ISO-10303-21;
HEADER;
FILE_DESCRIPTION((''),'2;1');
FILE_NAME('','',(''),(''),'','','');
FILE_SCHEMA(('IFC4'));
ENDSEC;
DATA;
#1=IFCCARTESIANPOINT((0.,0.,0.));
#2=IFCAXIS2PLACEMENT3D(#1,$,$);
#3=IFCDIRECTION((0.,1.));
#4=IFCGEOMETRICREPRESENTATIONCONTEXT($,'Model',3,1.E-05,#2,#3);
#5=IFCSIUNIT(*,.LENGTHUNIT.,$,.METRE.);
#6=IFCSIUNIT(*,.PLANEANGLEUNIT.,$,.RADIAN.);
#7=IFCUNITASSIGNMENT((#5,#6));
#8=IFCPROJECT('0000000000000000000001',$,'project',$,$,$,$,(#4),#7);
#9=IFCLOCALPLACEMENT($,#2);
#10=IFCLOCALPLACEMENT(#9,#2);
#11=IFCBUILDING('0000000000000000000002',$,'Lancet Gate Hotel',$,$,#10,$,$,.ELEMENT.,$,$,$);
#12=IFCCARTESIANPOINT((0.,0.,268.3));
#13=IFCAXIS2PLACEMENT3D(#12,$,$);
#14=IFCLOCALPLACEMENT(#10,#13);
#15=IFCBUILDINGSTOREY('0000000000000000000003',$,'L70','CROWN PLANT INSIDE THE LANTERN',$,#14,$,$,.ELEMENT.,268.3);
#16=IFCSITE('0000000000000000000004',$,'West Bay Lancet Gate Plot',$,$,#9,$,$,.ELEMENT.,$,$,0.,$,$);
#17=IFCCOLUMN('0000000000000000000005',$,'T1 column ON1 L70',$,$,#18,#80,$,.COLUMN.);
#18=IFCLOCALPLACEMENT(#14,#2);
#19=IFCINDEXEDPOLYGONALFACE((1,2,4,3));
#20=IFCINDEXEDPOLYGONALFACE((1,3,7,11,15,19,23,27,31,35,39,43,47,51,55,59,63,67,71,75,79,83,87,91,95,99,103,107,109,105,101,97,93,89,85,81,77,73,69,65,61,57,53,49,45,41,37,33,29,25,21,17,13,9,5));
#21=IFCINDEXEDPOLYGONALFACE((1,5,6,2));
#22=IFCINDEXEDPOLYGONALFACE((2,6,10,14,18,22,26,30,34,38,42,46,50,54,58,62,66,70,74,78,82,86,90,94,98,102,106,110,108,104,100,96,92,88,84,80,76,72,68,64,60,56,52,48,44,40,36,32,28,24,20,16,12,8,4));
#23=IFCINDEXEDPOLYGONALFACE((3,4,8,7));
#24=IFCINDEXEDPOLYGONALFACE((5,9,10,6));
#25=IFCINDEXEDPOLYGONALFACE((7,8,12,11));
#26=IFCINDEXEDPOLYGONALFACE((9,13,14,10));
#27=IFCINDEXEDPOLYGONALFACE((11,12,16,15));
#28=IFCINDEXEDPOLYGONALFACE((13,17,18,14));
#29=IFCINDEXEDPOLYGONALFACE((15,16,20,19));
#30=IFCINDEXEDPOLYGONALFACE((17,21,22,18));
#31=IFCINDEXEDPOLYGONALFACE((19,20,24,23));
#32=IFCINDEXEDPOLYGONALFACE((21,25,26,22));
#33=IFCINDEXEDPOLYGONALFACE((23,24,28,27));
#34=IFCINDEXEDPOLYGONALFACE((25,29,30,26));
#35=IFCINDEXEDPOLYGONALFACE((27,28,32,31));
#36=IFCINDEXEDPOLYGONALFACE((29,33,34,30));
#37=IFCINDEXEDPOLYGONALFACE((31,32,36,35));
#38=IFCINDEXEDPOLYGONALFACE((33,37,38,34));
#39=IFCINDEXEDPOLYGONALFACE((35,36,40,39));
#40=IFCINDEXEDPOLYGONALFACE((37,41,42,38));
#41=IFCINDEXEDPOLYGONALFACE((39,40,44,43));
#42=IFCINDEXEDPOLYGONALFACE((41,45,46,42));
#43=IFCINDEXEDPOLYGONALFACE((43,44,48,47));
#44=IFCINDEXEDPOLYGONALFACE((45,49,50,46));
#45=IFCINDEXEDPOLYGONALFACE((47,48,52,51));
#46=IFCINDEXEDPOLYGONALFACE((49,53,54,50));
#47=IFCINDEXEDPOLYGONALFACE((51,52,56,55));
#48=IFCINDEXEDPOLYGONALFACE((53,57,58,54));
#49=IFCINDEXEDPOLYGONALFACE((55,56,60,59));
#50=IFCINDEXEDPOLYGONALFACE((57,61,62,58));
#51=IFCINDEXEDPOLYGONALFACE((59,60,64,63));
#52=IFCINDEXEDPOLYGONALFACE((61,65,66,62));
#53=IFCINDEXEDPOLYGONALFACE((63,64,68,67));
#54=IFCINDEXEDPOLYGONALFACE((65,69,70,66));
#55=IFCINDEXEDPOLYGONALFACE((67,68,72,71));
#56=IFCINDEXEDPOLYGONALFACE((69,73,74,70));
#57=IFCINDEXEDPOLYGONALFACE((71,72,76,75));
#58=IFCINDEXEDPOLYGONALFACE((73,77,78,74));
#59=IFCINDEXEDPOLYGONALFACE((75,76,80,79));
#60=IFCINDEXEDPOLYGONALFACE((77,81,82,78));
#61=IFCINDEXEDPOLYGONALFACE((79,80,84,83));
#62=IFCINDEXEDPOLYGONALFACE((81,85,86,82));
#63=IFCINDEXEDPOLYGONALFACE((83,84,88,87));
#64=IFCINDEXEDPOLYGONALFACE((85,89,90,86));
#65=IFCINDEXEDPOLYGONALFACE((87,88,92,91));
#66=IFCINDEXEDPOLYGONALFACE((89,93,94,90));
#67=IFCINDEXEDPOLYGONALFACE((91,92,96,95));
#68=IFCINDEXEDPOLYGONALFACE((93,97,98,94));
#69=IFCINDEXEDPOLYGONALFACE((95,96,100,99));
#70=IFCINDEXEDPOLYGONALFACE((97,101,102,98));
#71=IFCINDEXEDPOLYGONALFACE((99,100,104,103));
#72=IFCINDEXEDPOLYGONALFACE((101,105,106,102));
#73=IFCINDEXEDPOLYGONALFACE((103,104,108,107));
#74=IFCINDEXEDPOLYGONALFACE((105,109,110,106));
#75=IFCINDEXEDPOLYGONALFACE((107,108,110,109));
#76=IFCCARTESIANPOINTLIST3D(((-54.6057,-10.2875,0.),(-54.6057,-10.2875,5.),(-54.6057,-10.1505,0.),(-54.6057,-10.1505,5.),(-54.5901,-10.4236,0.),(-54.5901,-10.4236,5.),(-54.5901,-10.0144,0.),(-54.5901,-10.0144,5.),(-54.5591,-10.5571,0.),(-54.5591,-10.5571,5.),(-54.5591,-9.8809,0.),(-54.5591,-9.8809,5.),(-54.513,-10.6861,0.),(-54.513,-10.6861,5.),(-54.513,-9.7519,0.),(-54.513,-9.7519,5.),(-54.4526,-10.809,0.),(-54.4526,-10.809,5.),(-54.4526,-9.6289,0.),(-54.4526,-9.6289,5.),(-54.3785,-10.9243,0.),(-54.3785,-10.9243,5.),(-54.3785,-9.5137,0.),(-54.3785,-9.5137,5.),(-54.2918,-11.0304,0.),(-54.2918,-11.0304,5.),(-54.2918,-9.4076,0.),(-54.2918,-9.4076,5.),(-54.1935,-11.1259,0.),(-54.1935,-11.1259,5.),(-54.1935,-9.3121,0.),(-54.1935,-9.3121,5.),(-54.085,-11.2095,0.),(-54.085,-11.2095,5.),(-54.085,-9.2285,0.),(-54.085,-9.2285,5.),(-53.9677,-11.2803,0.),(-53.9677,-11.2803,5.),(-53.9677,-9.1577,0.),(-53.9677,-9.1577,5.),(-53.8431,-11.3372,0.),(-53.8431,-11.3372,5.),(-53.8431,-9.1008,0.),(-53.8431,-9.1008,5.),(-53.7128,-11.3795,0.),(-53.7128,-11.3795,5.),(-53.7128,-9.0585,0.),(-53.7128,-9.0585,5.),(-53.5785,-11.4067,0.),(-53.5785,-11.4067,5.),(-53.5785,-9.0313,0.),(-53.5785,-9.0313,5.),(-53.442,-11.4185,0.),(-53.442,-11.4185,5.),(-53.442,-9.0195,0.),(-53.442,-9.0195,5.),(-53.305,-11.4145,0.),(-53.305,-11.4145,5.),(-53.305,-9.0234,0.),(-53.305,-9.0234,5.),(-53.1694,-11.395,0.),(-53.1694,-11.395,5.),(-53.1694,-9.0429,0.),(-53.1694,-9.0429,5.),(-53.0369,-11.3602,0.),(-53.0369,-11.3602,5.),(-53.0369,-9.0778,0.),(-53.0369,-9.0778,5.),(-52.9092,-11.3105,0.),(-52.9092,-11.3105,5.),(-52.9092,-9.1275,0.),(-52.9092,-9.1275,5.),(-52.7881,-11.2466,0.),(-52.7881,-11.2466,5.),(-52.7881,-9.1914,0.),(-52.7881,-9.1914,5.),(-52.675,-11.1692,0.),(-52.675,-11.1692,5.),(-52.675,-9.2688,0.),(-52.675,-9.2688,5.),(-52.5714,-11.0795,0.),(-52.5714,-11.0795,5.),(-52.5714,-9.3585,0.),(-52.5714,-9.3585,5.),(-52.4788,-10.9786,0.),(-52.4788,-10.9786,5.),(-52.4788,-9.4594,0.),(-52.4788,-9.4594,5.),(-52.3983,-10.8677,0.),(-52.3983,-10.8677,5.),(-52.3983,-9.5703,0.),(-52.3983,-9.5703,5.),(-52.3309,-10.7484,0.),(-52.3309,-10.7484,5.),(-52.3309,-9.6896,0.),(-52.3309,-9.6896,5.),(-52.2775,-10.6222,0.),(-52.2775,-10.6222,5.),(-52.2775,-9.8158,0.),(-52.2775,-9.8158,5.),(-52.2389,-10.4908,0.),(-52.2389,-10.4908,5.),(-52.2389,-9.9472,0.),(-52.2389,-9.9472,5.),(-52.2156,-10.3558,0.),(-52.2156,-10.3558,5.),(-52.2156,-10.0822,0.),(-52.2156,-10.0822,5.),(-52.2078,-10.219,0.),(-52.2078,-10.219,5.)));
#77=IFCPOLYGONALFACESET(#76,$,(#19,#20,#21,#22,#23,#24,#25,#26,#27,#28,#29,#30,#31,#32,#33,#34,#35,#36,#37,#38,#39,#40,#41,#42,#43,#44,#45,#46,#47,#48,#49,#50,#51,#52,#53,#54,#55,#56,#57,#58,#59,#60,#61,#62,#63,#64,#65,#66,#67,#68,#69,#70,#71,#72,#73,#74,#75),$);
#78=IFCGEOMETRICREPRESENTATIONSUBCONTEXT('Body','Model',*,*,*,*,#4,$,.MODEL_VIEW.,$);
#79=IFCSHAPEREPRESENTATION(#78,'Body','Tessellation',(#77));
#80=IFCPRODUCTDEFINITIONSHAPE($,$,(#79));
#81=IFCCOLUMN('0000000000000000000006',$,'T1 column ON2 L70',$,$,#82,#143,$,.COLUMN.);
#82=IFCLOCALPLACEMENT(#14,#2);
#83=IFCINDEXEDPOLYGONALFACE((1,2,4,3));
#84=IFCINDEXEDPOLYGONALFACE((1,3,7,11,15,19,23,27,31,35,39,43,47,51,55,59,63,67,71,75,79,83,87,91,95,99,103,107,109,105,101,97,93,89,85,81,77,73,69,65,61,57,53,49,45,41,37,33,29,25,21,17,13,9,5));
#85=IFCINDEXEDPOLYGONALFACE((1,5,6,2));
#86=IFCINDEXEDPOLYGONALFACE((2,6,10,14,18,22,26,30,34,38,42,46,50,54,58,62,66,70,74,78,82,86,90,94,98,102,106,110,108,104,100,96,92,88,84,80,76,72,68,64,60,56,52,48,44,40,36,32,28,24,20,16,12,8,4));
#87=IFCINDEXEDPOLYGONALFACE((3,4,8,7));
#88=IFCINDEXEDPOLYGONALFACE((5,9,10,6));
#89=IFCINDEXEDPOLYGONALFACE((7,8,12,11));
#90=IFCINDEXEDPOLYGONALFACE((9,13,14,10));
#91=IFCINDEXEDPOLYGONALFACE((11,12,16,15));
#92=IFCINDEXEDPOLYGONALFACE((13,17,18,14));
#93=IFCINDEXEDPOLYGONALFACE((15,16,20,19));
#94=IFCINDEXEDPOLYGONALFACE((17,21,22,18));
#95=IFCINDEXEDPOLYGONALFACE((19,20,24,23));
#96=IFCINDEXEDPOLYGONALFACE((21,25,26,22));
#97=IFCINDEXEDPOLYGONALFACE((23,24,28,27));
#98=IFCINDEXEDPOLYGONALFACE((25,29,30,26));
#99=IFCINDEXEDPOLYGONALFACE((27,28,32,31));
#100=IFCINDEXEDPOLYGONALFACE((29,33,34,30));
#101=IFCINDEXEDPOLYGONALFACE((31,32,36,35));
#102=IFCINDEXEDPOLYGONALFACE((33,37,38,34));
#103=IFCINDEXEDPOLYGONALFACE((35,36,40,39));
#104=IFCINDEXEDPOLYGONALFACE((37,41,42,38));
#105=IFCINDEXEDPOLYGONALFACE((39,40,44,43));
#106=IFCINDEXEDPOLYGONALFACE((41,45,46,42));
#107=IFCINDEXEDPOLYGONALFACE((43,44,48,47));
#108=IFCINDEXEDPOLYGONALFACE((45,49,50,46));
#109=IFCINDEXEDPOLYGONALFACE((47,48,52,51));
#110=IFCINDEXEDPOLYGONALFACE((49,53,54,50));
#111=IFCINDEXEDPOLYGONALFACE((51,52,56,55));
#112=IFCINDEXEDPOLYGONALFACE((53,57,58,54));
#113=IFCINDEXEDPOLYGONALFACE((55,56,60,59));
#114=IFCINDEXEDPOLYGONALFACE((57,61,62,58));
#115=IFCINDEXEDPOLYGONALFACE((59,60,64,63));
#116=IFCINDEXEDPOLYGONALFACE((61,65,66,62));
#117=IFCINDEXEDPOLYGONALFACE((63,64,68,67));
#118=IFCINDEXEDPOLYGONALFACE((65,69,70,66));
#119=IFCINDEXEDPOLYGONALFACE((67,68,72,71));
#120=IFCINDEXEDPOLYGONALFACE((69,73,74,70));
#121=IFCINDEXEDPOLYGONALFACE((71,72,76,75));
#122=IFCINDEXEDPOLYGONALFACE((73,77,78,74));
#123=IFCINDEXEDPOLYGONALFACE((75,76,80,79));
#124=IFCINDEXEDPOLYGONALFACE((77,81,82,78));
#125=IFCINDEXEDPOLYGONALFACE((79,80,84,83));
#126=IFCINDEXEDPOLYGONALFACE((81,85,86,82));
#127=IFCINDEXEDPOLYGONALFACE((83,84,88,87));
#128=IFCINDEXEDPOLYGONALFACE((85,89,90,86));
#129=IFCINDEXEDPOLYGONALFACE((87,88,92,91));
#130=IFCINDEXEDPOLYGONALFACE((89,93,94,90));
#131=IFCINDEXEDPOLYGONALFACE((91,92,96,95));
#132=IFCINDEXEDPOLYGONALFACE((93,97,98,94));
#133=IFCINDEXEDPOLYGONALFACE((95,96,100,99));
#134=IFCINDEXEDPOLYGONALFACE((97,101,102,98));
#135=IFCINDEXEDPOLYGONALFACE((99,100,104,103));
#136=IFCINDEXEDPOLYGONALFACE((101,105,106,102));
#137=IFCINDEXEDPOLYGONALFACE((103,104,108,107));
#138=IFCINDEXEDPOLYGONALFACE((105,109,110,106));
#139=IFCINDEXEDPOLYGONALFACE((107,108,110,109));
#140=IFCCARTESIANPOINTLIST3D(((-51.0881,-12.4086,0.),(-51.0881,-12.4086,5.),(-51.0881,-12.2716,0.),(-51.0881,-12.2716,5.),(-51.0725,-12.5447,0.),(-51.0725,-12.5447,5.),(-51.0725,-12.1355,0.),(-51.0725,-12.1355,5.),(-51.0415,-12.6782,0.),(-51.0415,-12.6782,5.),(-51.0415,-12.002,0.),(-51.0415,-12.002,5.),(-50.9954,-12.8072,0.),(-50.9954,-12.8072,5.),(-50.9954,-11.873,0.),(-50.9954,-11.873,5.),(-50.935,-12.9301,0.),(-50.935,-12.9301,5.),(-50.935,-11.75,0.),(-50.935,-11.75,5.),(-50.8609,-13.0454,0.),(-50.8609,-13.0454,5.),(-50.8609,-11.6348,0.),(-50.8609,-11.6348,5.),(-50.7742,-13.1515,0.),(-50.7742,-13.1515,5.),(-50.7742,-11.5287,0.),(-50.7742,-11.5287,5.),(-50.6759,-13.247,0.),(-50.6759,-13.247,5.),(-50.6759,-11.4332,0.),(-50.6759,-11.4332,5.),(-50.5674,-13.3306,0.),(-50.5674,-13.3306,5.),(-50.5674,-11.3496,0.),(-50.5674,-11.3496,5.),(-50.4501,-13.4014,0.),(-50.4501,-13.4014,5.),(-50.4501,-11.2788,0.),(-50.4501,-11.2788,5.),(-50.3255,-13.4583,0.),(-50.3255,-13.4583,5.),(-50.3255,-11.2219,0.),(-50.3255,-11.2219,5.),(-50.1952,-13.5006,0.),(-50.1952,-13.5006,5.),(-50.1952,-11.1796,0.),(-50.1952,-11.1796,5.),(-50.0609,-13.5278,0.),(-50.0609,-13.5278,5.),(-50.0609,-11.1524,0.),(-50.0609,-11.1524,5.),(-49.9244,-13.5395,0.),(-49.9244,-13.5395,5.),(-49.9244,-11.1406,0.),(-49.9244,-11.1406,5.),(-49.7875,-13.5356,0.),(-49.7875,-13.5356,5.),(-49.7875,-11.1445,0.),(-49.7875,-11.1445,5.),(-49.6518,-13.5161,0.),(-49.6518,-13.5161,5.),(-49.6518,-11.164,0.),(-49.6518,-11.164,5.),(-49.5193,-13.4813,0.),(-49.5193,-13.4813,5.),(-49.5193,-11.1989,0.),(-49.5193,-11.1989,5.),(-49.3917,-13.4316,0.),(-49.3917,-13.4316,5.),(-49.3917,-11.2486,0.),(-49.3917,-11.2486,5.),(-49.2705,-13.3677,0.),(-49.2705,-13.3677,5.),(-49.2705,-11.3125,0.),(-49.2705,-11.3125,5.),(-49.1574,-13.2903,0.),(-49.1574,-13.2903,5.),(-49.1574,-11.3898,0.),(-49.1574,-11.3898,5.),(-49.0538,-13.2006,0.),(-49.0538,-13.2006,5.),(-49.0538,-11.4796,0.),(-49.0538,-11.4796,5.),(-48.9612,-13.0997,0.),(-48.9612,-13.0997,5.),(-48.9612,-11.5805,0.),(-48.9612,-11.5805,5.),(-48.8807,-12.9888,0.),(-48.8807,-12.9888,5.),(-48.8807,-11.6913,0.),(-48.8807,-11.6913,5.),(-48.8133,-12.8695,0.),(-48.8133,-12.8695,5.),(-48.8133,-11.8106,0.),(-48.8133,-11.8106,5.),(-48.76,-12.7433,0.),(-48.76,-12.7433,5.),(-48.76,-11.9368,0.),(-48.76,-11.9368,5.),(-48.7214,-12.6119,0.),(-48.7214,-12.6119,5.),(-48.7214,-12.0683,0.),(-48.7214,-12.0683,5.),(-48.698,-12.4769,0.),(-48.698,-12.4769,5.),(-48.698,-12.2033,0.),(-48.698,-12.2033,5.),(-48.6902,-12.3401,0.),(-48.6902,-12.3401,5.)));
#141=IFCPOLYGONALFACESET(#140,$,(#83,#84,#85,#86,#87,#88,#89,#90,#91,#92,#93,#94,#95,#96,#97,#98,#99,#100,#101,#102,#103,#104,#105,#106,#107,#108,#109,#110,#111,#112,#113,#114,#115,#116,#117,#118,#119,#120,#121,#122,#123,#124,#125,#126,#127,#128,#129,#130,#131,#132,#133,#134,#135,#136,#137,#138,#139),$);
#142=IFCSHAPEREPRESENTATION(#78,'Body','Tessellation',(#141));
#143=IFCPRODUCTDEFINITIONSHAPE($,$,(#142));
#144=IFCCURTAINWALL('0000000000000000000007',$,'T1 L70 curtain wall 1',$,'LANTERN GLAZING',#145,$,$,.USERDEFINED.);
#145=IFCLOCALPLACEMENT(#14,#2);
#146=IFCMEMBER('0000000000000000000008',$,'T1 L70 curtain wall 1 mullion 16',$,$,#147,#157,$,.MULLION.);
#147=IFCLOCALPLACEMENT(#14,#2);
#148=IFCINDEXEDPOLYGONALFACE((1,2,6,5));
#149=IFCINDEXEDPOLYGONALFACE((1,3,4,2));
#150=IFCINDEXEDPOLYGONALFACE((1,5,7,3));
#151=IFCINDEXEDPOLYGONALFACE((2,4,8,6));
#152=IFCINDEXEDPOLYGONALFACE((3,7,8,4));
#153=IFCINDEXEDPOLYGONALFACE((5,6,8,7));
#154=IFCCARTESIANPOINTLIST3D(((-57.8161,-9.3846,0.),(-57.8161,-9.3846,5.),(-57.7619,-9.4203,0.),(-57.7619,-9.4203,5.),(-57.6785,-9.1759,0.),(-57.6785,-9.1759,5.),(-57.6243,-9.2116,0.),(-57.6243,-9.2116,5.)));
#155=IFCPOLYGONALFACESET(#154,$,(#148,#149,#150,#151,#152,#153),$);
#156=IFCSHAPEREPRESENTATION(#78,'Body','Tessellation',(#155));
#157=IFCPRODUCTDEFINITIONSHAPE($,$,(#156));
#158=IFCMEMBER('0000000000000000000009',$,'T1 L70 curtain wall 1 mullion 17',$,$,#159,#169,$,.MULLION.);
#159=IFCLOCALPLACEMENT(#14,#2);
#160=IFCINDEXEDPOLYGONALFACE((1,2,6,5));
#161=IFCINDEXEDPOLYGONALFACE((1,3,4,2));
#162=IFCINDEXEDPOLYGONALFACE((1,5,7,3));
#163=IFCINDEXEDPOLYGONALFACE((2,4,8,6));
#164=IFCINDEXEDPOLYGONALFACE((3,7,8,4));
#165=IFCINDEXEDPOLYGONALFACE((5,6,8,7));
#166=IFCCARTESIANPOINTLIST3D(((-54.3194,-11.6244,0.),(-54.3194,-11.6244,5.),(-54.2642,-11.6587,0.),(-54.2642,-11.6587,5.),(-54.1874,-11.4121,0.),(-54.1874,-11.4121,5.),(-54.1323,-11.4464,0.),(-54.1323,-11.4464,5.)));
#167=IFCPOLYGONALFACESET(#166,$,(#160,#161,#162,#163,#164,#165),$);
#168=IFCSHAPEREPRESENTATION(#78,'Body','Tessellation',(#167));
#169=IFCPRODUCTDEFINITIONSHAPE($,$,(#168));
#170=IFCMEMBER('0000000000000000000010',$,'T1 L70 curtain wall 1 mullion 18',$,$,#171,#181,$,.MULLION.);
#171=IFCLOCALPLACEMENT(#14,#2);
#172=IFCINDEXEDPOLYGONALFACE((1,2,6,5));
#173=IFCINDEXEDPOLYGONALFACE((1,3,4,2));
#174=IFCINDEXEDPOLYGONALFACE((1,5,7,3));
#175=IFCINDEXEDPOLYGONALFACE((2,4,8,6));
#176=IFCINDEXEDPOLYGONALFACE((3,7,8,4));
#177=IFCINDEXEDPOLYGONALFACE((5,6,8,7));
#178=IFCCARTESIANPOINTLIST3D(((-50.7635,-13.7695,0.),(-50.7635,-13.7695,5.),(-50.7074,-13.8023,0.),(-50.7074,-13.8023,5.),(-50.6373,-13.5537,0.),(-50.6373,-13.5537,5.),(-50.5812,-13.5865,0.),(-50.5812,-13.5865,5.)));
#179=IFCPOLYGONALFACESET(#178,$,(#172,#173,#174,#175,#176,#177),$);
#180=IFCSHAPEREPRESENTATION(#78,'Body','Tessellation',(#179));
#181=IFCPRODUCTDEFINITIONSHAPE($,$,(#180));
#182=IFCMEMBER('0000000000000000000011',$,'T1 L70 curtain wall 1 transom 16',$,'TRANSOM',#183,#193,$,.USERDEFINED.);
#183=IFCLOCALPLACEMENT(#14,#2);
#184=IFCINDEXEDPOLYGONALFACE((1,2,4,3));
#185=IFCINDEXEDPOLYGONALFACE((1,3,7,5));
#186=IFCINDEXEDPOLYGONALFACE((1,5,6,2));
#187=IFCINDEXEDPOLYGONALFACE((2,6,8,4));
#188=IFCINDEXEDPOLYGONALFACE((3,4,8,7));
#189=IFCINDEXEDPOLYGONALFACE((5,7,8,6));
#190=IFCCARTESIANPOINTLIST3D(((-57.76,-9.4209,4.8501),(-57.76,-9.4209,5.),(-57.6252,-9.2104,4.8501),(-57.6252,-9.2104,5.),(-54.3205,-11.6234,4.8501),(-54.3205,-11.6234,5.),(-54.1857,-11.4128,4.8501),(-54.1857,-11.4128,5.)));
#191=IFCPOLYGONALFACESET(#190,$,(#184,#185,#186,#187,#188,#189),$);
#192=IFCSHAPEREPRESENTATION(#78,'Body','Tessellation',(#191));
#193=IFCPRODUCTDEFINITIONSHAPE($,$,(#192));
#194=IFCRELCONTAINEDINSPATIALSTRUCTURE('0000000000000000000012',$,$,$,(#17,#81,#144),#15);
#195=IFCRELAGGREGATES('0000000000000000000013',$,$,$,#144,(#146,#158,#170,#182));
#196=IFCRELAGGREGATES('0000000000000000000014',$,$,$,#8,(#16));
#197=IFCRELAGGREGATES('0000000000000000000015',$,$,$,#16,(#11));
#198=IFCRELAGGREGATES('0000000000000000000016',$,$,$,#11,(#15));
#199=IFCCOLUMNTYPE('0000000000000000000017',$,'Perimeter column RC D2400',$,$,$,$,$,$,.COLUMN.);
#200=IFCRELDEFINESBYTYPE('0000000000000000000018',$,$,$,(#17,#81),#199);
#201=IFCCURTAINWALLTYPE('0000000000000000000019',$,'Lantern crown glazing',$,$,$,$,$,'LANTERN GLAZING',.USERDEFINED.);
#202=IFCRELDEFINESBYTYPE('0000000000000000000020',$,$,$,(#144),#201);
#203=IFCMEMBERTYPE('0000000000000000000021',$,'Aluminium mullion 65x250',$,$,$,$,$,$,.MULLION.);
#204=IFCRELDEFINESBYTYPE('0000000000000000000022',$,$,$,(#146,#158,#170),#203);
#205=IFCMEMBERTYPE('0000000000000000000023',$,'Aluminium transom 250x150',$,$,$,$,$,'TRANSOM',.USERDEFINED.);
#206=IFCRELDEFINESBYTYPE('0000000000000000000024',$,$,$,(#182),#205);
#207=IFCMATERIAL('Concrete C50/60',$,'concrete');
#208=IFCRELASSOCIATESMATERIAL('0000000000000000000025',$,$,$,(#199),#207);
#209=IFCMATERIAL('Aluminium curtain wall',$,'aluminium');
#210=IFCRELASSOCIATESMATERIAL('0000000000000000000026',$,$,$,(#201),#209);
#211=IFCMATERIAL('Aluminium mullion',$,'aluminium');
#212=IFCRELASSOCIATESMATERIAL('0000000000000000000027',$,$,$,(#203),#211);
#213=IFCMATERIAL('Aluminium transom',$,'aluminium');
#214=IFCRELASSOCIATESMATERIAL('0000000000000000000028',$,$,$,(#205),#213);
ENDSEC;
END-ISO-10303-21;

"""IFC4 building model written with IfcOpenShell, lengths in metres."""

from ifc_helpers import new_model, si_unit, direction, frame, origin, origin_2d, place, context, subcontext, project, spatial, rectangle, circle, extrude, material, material_profile, profile_set, type_object, element, aggregate, save


model = new_model("IFC4")

# Units and contexts
model_context = context("Model", 3, precision=1e-05, world=origin(), true_north=direction((0.0, 1.0)))
body_context = subcontext(model_context, "Body", "Model", "MODEL_VIEW")
ifc_project = project(units=[si_unit("LENGTHUNIT", "METRE"), si_unit("PLANEANGLEUNIT", "RADIAN")], contexts=[model_context])

# Site, building, storey
site_placement = place(None, origin())
site = spatial("IfcSite", under=ifc_project, at=site_placement, Name="West Bay Lancet Gate Plot", CompositionType="ELEMENT", RefElevation=0.0)
building_placement = place(site_placement, origin())
building = spatial("IfcBuilding", under=site, at=building_placement, Name="Lancet Gate Hotel", CompositionType="ELEMENT")
storey_placement = place(building_placement, frame((0.0, 0.0, 268.3)))
storey = spatial("IfcBuildingStorey", under=building, at=storey_placement, Name="L70", Description="CROWN PLANT INSIDE THE LANTERN", CompositionType="ELEMENT", Elevation=268.3)

# Columns
ifc_material_1 = material(Name="Concrete C50/60", Category="concrete")
ifc_material_profile_1 = material_profile(ifc_material_1, circle(Radius=1.2, at=origin_2d()), Name="RC D2400")
ifc_profile_set_1 = profile_set([ifc_material_profile_1], Name="Concrete C50/60")
column_type = type_object("IfcColumnType", Name="Perimeter column RC D2400", PredefinedType="COLUMN", material=ifc_profile_set_1)
for number, where, z_axis, x_axis, name in (
    (1, (-53.4077, -10.219, 0.0), (0.0, 0.0, 1.0), (1.0, 0.0, 0.0), "T1 column ON1 L70"),
    (2, (-49.8901, -12.3401, 0.0), (0.0, 0.0, 1.0), (1.0, 0.0, 0.0), "T1 column ON2 L70"),
):
    element("IfcColumn", number, at=place(storey_placement, frame(where, z_axis=z_axis, x_axis=x_axis)), inside=storey, type_object=column_type, Name=name, PredefinedType="COLUMN", context=body_context, shape_type="SweptSolid", body=[
        extrude(circle(Radius=1.2, at=origin_2d()), origin(), (0.0, 0.0, 1.0), 5.0),
    ])

# Curtain wall, members
ifc_material_2 = material(Name="Aluminium curtain wall", Category="aluminium")
curtain_wall_type_1 = type_object("IfcCurtainWallType", Name="Lantern crown glazing", ElementType="LANTERN GLAZING", PredefinedType="USERDEFINED", material=ifc_material_2)
curtain_wall_1_placement = place(storey_placement, origin())
curtain_wall_1 = element("IfcCurtainWall", 3, at=curtain_wall_1_placement, inside=storey, type_object=curtain_wall_type_1, Name="T1 L70 curtain wall 1", ObjectType="LANTERN GLAZING", PredefinedType="USERDEFINED")
ifc_material_3 = material(Name="Aluminium mullion", Category="aluminium")
ifc_material_profile_2 = material_profile(ifc_material_3, rectangle(XDim=0.0649, YDim=0.25, at=origin_2d()), Name="MULLION 65x250")
ifc_profile_set_2 = profile_set([ifc_material_profile_2], Name="Aluminium mullion")
member_type_1 = type_object("IfcMemberType", Name="Aluminium mullion 65x250", PredefinedType="MULLION", material=ifc_profile_set_2)
member_1_placement = place(storey_placement, frame((-57.7202, -9.2981, 0.0), z_axis=(0.0, 0.0, 1.0), x_axis=(0.834827, -0.550512, 0.0)))
member_1 = element("IfcMember", 4, at=member_1_placement, type_object=member_type_1, Name="T1 L70 curtain wall 1 mullion 16", PredefinedType="MULLION", context=body_context, shape_type="SweptSolid", body=[
    extrude(rectangle(XDim=0.0649, YDim=0.25, at=origin_2d()), origin(), (0.0, 0.0, 1.0), 5.0),
])
member_2_placement = place(storey_placement, frame((-54.2258, -11.5354, 0.0), z_axis=(0.0, 0.0, 1.0), x_axis=(0.849342, -0.527842, 0.0)))
member_2 = element("IfcMember", 5, at=member_2_placement, type_object=member_type_1, Name="T1 L70 curtain wall 1 mullion 17", PredefinedType="MULLION", context=body_context, shape_type="SweptSolid", body=[
    extrude(rectangle(XDim=0.0649, YDim=0.25, at=origin_2d()), origin(), (0.0, 0.0, 1.0), 5.0),
])
member_3_placement = place(storey_placement, frame((-50.6724, -13.678, 0.0), z_axis=(0.0, 0.0, 1.0), x_axis=(0.863242, -0.50479, 0.0)))
member_3 = element("IfcMember", 6, at=member_3_placement, type_object=member_type_1, Name="T1 L70 curtain wall 1 mullion 18", PredefinedType="MULLION", context=body_context, shape_type="SweptSolid", body=[
    extrude(rectangle(XDim=0.0649, YDim=0.25, at=origin_2d()), origin(), (0.0, 0.0, 1.0), 5.0),
])
ifc_material_4 = material(Name="Aluminium transom", Category="aluminium")
ifc_material_profile_3 = material_profile(ifc_material_4, rectangle(XDim=0.25, YDim=0.1499, at=origin_2d()), Name="TRANSOM 250x150")
ifc_profile_set_3 = profile_set([ifc_material_profile_3], Name="Aluminium transom")
member_type_2 = type_object("IfcMemberType", Name="Aluminium transom 250x150", ElementType="TRANSOM", PredefinedType="USERDEFINED", material=ifc_profile_set_3)
member_4_placement = place(storey_placement, frame((-57.6926, -9.3157, 4.925), z_axis=(0.842144, -0.539252, 0.0), x_axis=(0.539252, 0.842144, 0.0)))
member_4 = element("IfcMember", 7, at=member_4_placement, type_object=member_type_2, Name="T1 L70 curtain wall 1 transom 16", ObjectType="TRANSOM", PredefinedType="USERDEFINED", context=body_context, shape_type="SweptSolid", body=[
    extrude(rectangle(XDim=0.25, YDim=0.1499, at=origin_2d()), origin(), (0.0, 0.0, 1.0), 4.0842),
])

aggregate(curtain_wall_1, [member_1, member_2, member_3, member_4])

save(model, "model.ifc")
